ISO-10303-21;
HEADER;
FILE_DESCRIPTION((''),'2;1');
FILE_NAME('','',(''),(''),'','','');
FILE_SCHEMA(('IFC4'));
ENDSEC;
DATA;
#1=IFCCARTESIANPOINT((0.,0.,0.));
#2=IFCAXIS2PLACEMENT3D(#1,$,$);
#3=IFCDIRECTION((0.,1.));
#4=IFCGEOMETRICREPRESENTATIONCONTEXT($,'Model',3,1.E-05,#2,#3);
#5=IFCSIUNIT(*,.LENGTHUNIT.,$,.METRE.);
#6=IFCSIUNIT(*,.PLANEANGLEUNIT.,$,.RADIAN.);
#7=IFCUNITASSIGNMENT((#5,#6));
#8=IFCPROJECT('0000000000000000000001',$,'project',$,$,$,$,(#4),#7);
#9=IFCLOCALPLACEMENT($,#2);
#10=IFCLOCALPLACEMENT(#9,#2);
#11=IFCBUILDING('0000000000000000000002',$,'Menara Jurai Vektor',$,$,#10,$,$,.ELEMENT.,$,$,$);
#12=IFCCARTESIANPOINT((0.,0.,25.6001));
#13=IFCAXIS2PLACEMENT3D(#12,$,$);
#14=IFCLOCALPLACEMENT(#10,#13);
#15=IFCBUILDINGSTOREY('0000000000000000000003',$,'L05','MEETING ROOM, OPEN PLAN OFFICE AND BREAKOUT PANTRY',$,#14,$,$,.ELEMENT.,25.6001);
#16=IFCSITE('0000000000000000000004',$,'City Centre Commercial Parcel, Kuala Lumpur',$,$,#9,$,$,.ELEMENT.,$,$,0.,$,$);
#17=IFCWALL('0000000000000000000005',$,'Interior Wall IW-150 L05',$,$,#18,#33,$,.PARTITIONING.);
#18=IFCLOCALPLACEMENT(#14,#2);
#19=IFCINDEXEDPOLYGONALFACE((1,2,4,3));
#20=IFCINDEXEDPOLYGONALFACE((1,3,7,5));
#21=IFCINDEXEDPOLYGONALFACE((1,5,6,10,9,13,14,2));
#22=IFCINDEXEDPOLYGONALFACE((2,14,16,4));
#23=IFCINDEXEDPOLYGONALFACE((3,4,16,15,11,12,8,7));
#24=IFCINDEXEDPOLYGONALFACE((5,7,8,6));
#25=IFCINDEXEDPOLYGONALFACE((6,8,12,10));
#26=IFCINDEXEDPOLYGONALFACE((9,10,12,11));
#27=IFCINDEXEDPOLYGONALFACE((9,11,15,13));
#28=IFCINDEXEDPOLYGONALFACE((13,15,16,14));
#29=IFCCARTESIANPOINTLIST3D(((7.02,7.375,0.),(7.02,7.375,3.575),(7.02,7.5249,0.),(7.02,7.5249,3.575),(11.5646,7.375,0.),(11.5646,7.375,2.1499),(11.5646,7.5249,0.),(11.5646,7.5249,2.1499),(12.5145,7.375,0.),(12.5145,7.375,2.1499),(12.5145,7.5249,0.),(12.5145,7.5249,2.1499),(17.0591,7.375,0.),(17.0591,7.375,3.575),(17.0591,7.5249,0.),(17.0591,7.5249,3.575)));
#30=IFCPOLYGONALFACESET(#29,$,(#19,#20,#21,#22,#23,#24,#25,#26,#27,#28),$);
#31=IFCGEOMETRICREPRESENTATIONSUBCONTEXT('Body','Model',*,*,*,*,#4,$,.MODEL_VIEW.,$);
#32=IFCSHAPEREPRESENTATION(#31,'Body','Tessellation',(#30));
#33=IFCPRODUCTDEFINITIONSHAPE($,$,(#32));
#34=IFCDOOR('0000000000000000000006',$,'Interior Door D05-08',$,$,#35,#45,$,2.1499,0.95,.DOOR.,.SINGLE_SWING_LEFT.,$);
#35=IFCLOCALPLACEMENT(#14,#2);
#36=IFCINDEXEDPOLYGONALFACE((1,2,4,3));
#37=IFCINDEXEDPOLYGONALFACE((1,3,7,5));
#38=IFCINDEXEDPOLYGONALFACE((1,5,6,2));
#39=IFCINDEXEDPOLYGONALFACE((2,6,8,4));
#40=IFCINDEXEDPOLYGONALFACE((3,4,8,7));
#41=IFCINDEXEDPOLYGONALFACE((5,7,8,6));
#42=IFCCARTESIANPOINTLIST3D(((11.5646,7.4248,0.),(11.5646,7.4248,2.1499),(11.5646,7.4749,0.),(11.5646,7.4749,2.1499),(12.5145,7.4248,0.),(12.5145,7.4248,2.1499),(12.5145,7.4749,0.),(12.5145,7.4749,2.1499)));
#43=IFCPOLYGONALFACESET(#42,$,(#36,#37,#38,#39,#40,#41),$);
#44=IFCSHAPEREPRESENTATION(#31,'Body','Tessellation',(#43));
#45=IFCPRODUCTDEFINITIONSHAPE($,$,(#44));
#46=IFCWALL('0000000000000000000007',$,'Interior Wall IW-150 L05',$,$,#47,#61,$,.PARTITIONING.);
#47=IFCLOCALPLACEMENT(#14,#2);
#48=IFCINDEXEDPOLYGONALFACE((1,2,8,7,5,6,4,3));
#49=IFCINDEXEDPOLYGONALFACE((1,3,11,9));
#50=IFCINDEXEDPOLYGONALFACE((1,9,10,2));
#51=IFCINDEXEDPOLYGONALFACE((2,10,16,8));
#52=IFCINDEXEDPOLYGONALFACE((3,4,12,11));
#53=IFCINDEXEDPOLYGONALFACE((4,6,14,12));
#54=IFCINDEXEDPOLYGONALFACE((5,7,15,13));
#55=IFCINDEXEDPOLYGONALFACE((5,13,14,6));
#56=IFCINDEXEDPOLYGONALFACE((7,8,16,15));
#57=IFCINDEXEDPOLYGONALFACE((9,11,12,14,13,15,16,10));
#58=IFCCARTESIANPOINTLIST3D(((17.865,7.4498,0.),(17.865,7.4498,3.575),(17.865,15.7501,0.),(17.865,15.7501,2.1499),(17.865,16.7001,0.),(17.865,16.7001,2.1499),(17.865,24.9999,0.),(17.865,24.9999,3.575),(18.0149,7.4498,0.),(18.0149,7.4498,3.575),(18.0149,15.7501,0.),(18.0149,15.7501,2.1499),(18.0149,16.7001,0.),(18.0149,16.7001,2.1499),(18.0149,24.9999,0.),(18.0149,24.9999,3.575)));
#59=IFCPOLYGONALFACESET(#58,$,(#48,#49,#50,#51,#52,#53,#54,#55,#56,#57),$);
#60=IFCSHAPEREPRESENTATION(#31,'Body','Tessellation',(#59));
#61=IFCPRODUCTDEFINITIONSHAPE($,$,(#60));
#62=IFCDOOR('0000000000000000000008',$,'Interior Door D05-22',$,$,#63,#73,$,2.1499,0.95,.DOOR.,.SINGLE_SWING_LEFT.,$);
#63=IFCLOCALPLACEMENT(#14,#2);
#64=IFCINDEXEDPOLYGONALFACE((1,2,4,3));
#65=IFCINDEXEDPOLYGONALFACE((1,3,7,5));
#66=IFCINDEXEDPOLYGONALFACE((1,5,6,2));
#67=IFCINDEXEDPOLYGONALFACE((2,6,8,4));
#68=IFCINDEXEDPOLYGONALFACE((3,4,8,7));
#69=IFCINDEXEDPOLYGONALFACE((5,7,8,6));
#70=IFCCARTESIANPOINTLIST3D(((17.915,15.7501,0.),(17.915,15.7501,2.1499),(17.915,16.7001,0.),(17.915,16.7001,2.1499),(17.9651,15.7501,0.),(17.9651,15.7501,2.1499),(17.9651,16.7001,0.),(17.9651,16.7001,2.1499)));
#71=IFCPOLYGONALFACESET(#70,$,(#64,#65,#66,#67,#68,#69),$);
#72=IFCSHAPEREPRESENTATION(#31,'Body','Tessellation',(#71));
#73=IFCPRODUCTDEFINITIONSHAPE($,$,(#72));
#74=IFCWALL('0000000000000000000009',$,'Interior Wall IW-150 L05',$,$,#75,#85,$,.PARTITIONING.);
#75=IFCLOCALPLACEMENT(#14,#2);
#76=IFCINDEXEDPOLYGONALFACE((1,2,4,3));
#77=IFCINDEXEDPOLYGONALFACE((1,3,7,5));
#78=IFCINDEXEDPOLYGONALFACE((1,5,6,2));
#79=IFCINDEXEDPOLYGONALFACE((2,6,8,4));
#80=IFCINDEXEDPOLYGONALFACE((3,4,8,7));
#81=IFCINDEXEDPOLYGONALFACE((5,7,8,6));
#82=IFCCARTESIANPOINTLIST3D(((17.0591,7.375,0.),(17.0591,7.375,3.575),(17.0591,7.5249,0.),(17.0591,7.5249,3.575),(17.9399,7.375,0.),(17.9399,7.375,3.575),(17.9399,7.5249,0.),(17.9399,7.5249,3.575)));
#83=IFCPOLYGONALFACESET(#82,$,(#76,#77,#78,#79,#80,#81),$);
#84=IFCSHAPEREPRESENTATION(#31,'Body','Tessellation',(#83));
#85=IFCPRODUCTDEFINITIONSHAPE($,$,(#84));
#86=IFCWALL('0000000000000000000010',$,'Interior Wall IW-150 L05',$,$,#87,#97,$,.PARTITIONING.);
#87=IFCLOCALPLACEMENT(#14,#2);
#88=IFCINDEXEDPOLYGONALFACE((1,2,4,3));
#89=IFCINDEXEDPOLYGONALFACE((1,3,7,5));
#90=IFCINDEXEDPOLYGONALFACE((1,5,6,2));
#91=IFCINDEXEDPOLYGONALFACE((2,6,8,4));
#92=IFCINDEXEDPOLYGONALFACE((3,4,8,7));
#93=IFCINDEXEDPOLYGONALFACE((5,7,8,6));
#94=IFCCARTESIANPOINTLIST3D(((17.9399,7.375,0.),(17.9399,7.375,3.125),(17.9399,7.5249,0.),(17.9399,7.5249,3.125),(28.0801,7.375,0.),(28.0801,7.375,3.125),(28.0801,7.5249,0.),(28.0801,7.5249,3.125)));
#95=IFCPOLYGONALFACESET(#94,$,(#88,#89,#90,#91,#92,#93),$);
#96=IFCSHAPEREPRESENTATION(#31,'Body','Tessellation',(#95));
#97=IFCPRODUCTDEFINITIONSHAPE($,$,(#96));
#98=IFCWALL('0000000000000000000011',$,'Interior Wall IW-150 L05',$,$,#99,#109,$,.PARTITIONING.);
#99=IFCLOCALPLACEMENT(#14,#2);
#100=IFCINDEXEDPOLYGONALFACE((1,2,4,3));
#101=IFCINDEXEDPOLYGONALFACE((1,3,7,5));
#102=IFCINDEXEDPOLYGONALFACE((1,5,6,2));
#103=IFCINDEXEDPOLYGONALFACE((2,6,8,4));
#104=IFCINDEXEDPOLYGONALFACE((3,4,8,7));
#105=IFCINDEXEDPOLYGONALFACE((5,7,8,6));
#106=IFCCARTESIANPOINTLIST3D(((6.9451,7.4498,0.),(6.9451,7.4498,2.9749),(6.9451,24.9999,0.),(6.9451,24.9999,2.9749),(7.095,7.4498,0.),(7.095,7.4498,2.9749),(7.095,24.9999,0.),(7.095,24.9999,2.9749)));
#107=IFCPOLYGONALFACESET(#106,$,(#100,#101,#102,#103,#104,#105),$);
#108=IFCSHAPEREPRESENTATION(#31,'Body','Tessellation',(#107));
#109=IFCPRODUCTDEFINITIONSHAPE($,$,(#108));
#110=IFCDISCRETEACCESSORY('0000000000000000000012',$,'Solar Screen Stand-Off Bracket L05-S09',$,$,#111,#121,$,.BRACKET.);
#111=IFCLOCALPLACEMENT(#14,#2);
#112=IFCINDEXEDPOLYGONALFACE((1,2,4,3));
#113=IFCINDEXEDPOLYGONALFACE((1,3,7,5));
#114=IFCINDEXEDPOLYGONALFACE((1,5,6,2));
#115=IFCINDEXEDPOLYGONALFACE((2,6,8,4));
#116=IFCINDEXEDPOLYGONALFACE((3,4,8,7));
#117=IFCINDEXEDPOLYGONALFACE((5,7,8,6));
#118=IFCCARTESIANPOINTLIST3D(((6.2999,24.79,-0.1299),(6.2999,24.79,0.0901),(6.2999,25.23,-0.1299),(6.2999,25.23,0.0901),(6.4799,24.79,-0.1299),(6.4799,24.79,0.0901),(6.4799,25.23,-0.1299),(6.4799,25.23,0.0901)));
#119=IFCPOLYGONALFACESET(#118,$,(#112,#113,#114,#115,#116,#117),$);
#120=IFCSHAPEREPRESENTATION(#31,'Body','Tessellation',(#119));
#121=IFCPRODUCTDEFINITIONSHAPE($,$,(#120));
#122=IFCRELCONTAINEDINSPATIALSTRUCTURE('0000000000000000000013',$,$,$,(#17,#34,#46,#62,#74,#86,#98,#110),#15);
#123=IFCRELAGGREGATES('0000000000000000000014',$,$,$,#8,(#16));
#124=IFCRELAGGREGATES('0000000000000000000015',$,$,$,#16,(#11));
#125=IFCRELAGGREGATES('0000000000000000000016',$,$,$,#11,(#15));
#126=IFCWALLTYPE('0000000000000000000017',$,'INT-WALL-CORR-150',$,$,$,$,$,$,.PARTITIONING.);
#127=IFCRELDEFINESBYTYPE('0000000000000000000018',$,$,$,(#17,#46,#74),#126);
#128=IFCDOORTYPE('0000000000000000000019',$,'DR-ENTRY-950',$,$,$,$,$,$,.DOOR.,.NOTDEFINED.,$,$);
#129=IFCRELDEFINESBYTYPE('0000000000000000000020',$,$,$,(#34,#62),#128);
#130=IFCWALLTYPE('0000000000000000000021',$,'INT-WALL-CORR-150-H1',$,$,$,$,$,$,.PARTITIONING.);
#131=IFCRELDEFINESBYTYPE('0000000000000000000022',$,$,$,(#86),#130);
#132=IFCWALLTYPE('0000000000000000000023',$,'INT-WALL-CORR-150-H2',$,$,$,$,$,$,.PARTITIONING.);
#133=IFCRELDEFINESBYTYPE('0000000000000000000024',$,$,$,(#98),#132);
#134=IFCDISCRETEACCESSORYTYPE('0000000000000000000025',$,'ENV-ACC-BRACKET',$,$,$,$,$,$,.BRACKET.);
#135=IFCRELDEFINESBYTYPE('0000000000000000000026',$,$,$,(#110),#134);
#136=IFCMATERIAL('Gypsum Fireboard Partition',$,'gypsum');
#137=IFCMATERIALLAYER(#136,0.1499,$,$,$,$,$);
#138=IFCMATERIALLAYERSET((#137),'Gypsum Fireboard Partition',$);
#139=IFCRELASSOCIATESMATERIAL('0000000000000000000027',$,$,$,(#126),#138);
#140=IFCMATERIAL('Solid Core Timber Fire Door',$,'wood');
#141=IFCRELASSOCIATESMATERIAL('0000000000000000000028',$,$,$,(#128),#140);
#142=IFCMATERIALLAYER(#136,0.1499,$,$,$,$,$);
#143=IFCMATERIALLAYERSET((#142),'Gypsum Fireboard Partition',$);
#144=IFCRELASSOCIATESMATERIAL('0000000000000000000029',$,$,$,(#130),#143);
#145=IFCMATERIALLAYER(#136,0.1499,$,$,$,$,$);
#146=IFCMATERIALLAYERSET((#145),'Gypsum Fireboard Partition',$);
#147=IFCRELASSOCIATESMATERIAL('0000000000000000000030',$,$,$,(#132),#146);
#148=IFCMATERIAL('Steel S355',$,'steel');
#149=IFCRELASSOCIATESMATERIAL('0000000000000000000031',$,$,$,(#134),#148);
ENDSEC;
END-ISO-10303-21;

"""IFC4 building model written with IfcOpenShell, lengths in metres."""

from ifc_helpers import new_model, si_unit, direction, frame, frame_2d, origin, origin_2d, place, context, subcontext, project, spatial, rectangle, extrude, material, layer, layer_set, type_object, element, fill, save


model = new_model("IFC4")

# Units and contexts
model_context = context("Model", 3, precision=1e-05, world=origin(), true_north=direction((0.0, 1.0)))
body_context = subcontext(model_context, "Body", "Model", "MODEL_VIEW")
ifc_project = project(units=[si_unit("LENGTHUNIT", "METRE"), si_unit("PLANEANGLEUNIT", "RADIAN")], contexts=[model_context])

# Site, building, storey
site_placement = place(None, origin())
site = spatial("IfcSite", under=ifc_project, at=site_placement, Name="City Centre Commercial Parcel, Kuala Lumpur", CompositionType="ELEMENT", RefElevation=0.0)
building_placement = place(site_placement, origin())
building = spatial("IfcBuilding", under=site, at=building_placement, Name="Menara Jurai Vektor", CompositionType="ELEMENT")
storey_placement = place(building_placement, frame((0.0, 0.0, 25.6001)))
storey = spatial("IfcBuildingStorey", under=building, at=storey_placement, Name="L05", Description="MEETING ROOM, OPEN PLAN OFFICE AND BREAKOUT PANTRY", CompositionType="ELEMENT", Elevation=25.6001)

# Shared definitions
ifc_material_1 = material(Name="Steel S355", Category="steel")

# Shared definitions
ifc_material_2 = material(Name="Gypsum Fireboard Partition", Category="gypsum")
ifc_layer_1 = layer(ifc_material_2, 0.1499)
ifc_layer_set_1 = layer_set([ifc_layer_1], Name="Gypsum Fireboard Partition")
wall_type_1 = type_object("IfcWallType", Name="INT-WALL-CORR-150", PredefinedType="PARTITIONING", material=ifc_layer_set_1)
ifc_material_3 = material(Name="Solid Core Timber Fire Door", Category="wood")
door_type = type_object("IfcDoorType", Name="DR-ENTRY-950", OperationType="NOTDEFINED", PredefinedType="DOOR", material=ifc_material_3)

# Walls, openings, doors
wall_1_placement = place(storey_placement, frame((7.02, 7.45, 0.0), z_axis=(0.0, 0.0, 1.0), x_axis=(1.0, 0.0, 0.0)))
wall_1 = element("IfcWall", 1, at=wall_1_placement, inside=storey, type_object=wall_type_1, Name="Interior Wall IW-150 L05", PredefinedType="PARTITIONING", context=body_context, shape_type="SweptSolid", body=[
    extrude(rectangle(XDim=10.0391, YDim=0.1499, at=frame_2d((5.0195, 0.0))), origin(), (0.0, 0.0, 1.0), 3.575),
])
opening_1_placement = place(wall_1_placement, frame((4.5444, 0.0, 0.0)))
opening_1 = element("IfcOpeningElement", 2, at=opening_1_placement, cuts=wall_1, PredefinedType="OPENING", context=body_context, shape_type="SweptSolid", body=[
    extrude(rectangle(XDim=0.95, YDim=2.1499, at=frame_2d((0.4751, 1.075))), frame((0.0, 0.085, 0.0), z_axis=(0.0, -1.0, 0.0), x_axis=(1.0, 0.0, 0.0)), (0.0, 0.0, 1.0), 0.1699),
])
door_1_placement = place(opening_1_placement, origin())
door_1 = element("IfcDoor", 3, at=door_1_placement, inside=storey, type_object=door_type, Name="Interior Door D05-08", OperationType="SINGLE_SWING_LEFT", OverallHeight=2.1499, OverallWidth=0.95, PredefinedType="DOOR", context=body_context, shape_type="SweptSolid", body=[
    extrude(rectangle(XDim=0.95, YDim=2.1499, at=frame_2d((0.4751, 1.075))), frame((0.0, 0.0249, 0.0), z_axis=(0.0, -1.0, 0.0), x_axis=(1.0, 0.0, 0.0)), (0.0, 0.0, 1.0), 0.05),
])
fill(opening_1, door_1)
wall_2_placement = place(storey_placement, frame((17.9399, 7.45, 0.0), z_axis=(0.0, 0.0, 1.0), x_axis=(0.0, 1.0, 0.0)))
wall_2 = element("IfcWall", 4, at=wall_2_placement, inside=storey, type_object=wall_type_1, Name="Interior Wall IW-150 L05", PredefinedType="PARTITIONING", context=body_context, shape_type="SweptSolid", body=[
    extrude(rectangle(XDim=17.55, YDim=0.1499, at=frame_2d((8.7749, 0.0))), origin(), (0.0, 0.0, 1.0), 3.575),
])
opening_2_placement = place(wall_2_placement, frame((8.3, 0.0, 0.0)))
opening_2 = element("IfcOpeningElement", 5, at=opening_2_placement, cuts=wall_2, PredefinedType="OPENING", context=body_context, shape_type="SweptSolid", body=[
    extrude(rectangle(XDim=0.95, YDim=2.1499, at=frame_2d((0.4751, 1.075))), frame((0.0, 0.085, 0.0), z_axis=(0.0, -1.0, 0.0), x_axis=(1.0, 0.0, 0.0)), (0.0, 0.0, 1.0), 0.1699),
])
door_2_placement = place(opening_2_placement, origin())
door_2 = element("IfcDoor", 6, at=door_2_placement, inside=storey, type_object=door_type, Name="Interior Door D05-22", OperationType="SINGLE_SWING_LEFT", OverallHeight=2.1499, OverallWidth=0.95, PredefinedType="DOOR", context=body_context, shape_type="SweptSolid", body=[
    extrude(rectangle(XDim=0.95, YDim=2.1499, at=frame_2d((0.4751, 1.075))), frame((0.0, 0.0249, 0.0), z_axis=(0.0, -1.0, 0.0), x_axis=(1.0, 0.0, 0.0)), (0.0, 0.0, 1.0), 0.05),
])
fill(opening_2, door_2)

# Walls
wall_3_placement = place(storey_placement, frame((17.0591, 7.45, 0.0), z_axis=(0.0, 0.0, 1.0), x_axis=(1.0, 0.0, 0.0)))
element("IfcWall", 7, at=wall_3_placement, inside=storey, type_object=wall_type_1, Name="Interior Wall IW-150 L05", PredefinedType="PARTITIONING", context=body_context, shape_type="SweptSolid", body=[
    extrude(rectangle(XDim=0.8809, YDim=0.1499, at=frame_2d((0.4404, 0.0))), origin(), (0.0, 0.0, 1.0), 3.575),
])
ifc_layer_2 = layer(ifc_material_2, 0.1499)
ifc_layer_set_2 = layer_set([ifc_layer_2], Name="Gypsum Fireboard Partition")
wall_type_2 = type_object("IfcWallType", Name="INT-WALL-CORR-150-H1", PredefinedType="PARTITIONING", material=ifc_layer_set_2)
wall_4_placement = place(storey_placement, frame((17.9399, 7.45, 0.0), z_axis=(0.0, 0.0, 1.0), x_axis=(1.0, 0.0, 0.0)))
element("IfcWall", 8, at=wall_4_placement, inside=storey, type_object=wall_type_2, Name="Interior Wall IW-150 L05", PredefinedType="PARTITIONING", context=body_context, shape_type="SweptSolid", body=[
    extrude(rectangle(XDim=10.1401, YDim=0.1499, at=frame_2d((5.0701, 0.0))), origin(), (0.0, 0.0, 1.0), 3.125),
])
ifc_layer_3 = layer(ifc_material_2, 0.1499)
ifc_layer_set_3 = layer_set([ifc_layer_3], Name="Gypsum Fireboard Partition")
wall_type_3 = type_object("IfcWallType", Name="INT-WALL-CORR-150-H2", PredefinedType="PARTITIONING", material=ifc_layer_set_3)
wall_5_placement = place(storey_placement, frame((7.02, 7.45, 0.0), z_axis=(0.0, 0.0, 1.0), x_axis=(0.0, 1.0, 0.0)))
element("IfcWall", 9, at=wall_5_placement, inside=storey, type_object=wall_type_3, Name="Interior Wall IW-150 L05", PredefinedType="PARTITIONING", context=body_context, shape_type="SweptSolid", body=[
    extrude(rectangle(XDim=17.55, YDim=0.1499, at=frame_2d((8.7749, 0.0))), origin(), (0.0, 0.0, 1.0), 2.9749),
])

# Discrete accessory
discrete_accessory_type = type_object("IfcDiscreteAccessoryType", Name="ENV-ACC-BRACKET", PredefinedType="BRACKET", material=ifc_material_1)
discrete_accessory_placement = place(storey_placement, frame((6.3899, 25.01, -0.1299), z_axis=(0.0, 0.0, 1.0), x_axis=(-1.0, 0.0, 0.0)))
element("IfcDiscreteAccessory", 10, at=discrete_accessory_placement, inside=storey, type_object=discrete_accessory_type, Name="Solar Screen Stand-Off Bracket L05-S09", PredefinedType="BRACKET", context=body_context, shape_type="SweptSolid", body=[
    extrude(rectangle(XDim=0.1799, YDim=0.4399, at=origin_2d()), origin(), (0.0, 0.0, 1.0), 0.22),
])

save(model, "model.ifc")
